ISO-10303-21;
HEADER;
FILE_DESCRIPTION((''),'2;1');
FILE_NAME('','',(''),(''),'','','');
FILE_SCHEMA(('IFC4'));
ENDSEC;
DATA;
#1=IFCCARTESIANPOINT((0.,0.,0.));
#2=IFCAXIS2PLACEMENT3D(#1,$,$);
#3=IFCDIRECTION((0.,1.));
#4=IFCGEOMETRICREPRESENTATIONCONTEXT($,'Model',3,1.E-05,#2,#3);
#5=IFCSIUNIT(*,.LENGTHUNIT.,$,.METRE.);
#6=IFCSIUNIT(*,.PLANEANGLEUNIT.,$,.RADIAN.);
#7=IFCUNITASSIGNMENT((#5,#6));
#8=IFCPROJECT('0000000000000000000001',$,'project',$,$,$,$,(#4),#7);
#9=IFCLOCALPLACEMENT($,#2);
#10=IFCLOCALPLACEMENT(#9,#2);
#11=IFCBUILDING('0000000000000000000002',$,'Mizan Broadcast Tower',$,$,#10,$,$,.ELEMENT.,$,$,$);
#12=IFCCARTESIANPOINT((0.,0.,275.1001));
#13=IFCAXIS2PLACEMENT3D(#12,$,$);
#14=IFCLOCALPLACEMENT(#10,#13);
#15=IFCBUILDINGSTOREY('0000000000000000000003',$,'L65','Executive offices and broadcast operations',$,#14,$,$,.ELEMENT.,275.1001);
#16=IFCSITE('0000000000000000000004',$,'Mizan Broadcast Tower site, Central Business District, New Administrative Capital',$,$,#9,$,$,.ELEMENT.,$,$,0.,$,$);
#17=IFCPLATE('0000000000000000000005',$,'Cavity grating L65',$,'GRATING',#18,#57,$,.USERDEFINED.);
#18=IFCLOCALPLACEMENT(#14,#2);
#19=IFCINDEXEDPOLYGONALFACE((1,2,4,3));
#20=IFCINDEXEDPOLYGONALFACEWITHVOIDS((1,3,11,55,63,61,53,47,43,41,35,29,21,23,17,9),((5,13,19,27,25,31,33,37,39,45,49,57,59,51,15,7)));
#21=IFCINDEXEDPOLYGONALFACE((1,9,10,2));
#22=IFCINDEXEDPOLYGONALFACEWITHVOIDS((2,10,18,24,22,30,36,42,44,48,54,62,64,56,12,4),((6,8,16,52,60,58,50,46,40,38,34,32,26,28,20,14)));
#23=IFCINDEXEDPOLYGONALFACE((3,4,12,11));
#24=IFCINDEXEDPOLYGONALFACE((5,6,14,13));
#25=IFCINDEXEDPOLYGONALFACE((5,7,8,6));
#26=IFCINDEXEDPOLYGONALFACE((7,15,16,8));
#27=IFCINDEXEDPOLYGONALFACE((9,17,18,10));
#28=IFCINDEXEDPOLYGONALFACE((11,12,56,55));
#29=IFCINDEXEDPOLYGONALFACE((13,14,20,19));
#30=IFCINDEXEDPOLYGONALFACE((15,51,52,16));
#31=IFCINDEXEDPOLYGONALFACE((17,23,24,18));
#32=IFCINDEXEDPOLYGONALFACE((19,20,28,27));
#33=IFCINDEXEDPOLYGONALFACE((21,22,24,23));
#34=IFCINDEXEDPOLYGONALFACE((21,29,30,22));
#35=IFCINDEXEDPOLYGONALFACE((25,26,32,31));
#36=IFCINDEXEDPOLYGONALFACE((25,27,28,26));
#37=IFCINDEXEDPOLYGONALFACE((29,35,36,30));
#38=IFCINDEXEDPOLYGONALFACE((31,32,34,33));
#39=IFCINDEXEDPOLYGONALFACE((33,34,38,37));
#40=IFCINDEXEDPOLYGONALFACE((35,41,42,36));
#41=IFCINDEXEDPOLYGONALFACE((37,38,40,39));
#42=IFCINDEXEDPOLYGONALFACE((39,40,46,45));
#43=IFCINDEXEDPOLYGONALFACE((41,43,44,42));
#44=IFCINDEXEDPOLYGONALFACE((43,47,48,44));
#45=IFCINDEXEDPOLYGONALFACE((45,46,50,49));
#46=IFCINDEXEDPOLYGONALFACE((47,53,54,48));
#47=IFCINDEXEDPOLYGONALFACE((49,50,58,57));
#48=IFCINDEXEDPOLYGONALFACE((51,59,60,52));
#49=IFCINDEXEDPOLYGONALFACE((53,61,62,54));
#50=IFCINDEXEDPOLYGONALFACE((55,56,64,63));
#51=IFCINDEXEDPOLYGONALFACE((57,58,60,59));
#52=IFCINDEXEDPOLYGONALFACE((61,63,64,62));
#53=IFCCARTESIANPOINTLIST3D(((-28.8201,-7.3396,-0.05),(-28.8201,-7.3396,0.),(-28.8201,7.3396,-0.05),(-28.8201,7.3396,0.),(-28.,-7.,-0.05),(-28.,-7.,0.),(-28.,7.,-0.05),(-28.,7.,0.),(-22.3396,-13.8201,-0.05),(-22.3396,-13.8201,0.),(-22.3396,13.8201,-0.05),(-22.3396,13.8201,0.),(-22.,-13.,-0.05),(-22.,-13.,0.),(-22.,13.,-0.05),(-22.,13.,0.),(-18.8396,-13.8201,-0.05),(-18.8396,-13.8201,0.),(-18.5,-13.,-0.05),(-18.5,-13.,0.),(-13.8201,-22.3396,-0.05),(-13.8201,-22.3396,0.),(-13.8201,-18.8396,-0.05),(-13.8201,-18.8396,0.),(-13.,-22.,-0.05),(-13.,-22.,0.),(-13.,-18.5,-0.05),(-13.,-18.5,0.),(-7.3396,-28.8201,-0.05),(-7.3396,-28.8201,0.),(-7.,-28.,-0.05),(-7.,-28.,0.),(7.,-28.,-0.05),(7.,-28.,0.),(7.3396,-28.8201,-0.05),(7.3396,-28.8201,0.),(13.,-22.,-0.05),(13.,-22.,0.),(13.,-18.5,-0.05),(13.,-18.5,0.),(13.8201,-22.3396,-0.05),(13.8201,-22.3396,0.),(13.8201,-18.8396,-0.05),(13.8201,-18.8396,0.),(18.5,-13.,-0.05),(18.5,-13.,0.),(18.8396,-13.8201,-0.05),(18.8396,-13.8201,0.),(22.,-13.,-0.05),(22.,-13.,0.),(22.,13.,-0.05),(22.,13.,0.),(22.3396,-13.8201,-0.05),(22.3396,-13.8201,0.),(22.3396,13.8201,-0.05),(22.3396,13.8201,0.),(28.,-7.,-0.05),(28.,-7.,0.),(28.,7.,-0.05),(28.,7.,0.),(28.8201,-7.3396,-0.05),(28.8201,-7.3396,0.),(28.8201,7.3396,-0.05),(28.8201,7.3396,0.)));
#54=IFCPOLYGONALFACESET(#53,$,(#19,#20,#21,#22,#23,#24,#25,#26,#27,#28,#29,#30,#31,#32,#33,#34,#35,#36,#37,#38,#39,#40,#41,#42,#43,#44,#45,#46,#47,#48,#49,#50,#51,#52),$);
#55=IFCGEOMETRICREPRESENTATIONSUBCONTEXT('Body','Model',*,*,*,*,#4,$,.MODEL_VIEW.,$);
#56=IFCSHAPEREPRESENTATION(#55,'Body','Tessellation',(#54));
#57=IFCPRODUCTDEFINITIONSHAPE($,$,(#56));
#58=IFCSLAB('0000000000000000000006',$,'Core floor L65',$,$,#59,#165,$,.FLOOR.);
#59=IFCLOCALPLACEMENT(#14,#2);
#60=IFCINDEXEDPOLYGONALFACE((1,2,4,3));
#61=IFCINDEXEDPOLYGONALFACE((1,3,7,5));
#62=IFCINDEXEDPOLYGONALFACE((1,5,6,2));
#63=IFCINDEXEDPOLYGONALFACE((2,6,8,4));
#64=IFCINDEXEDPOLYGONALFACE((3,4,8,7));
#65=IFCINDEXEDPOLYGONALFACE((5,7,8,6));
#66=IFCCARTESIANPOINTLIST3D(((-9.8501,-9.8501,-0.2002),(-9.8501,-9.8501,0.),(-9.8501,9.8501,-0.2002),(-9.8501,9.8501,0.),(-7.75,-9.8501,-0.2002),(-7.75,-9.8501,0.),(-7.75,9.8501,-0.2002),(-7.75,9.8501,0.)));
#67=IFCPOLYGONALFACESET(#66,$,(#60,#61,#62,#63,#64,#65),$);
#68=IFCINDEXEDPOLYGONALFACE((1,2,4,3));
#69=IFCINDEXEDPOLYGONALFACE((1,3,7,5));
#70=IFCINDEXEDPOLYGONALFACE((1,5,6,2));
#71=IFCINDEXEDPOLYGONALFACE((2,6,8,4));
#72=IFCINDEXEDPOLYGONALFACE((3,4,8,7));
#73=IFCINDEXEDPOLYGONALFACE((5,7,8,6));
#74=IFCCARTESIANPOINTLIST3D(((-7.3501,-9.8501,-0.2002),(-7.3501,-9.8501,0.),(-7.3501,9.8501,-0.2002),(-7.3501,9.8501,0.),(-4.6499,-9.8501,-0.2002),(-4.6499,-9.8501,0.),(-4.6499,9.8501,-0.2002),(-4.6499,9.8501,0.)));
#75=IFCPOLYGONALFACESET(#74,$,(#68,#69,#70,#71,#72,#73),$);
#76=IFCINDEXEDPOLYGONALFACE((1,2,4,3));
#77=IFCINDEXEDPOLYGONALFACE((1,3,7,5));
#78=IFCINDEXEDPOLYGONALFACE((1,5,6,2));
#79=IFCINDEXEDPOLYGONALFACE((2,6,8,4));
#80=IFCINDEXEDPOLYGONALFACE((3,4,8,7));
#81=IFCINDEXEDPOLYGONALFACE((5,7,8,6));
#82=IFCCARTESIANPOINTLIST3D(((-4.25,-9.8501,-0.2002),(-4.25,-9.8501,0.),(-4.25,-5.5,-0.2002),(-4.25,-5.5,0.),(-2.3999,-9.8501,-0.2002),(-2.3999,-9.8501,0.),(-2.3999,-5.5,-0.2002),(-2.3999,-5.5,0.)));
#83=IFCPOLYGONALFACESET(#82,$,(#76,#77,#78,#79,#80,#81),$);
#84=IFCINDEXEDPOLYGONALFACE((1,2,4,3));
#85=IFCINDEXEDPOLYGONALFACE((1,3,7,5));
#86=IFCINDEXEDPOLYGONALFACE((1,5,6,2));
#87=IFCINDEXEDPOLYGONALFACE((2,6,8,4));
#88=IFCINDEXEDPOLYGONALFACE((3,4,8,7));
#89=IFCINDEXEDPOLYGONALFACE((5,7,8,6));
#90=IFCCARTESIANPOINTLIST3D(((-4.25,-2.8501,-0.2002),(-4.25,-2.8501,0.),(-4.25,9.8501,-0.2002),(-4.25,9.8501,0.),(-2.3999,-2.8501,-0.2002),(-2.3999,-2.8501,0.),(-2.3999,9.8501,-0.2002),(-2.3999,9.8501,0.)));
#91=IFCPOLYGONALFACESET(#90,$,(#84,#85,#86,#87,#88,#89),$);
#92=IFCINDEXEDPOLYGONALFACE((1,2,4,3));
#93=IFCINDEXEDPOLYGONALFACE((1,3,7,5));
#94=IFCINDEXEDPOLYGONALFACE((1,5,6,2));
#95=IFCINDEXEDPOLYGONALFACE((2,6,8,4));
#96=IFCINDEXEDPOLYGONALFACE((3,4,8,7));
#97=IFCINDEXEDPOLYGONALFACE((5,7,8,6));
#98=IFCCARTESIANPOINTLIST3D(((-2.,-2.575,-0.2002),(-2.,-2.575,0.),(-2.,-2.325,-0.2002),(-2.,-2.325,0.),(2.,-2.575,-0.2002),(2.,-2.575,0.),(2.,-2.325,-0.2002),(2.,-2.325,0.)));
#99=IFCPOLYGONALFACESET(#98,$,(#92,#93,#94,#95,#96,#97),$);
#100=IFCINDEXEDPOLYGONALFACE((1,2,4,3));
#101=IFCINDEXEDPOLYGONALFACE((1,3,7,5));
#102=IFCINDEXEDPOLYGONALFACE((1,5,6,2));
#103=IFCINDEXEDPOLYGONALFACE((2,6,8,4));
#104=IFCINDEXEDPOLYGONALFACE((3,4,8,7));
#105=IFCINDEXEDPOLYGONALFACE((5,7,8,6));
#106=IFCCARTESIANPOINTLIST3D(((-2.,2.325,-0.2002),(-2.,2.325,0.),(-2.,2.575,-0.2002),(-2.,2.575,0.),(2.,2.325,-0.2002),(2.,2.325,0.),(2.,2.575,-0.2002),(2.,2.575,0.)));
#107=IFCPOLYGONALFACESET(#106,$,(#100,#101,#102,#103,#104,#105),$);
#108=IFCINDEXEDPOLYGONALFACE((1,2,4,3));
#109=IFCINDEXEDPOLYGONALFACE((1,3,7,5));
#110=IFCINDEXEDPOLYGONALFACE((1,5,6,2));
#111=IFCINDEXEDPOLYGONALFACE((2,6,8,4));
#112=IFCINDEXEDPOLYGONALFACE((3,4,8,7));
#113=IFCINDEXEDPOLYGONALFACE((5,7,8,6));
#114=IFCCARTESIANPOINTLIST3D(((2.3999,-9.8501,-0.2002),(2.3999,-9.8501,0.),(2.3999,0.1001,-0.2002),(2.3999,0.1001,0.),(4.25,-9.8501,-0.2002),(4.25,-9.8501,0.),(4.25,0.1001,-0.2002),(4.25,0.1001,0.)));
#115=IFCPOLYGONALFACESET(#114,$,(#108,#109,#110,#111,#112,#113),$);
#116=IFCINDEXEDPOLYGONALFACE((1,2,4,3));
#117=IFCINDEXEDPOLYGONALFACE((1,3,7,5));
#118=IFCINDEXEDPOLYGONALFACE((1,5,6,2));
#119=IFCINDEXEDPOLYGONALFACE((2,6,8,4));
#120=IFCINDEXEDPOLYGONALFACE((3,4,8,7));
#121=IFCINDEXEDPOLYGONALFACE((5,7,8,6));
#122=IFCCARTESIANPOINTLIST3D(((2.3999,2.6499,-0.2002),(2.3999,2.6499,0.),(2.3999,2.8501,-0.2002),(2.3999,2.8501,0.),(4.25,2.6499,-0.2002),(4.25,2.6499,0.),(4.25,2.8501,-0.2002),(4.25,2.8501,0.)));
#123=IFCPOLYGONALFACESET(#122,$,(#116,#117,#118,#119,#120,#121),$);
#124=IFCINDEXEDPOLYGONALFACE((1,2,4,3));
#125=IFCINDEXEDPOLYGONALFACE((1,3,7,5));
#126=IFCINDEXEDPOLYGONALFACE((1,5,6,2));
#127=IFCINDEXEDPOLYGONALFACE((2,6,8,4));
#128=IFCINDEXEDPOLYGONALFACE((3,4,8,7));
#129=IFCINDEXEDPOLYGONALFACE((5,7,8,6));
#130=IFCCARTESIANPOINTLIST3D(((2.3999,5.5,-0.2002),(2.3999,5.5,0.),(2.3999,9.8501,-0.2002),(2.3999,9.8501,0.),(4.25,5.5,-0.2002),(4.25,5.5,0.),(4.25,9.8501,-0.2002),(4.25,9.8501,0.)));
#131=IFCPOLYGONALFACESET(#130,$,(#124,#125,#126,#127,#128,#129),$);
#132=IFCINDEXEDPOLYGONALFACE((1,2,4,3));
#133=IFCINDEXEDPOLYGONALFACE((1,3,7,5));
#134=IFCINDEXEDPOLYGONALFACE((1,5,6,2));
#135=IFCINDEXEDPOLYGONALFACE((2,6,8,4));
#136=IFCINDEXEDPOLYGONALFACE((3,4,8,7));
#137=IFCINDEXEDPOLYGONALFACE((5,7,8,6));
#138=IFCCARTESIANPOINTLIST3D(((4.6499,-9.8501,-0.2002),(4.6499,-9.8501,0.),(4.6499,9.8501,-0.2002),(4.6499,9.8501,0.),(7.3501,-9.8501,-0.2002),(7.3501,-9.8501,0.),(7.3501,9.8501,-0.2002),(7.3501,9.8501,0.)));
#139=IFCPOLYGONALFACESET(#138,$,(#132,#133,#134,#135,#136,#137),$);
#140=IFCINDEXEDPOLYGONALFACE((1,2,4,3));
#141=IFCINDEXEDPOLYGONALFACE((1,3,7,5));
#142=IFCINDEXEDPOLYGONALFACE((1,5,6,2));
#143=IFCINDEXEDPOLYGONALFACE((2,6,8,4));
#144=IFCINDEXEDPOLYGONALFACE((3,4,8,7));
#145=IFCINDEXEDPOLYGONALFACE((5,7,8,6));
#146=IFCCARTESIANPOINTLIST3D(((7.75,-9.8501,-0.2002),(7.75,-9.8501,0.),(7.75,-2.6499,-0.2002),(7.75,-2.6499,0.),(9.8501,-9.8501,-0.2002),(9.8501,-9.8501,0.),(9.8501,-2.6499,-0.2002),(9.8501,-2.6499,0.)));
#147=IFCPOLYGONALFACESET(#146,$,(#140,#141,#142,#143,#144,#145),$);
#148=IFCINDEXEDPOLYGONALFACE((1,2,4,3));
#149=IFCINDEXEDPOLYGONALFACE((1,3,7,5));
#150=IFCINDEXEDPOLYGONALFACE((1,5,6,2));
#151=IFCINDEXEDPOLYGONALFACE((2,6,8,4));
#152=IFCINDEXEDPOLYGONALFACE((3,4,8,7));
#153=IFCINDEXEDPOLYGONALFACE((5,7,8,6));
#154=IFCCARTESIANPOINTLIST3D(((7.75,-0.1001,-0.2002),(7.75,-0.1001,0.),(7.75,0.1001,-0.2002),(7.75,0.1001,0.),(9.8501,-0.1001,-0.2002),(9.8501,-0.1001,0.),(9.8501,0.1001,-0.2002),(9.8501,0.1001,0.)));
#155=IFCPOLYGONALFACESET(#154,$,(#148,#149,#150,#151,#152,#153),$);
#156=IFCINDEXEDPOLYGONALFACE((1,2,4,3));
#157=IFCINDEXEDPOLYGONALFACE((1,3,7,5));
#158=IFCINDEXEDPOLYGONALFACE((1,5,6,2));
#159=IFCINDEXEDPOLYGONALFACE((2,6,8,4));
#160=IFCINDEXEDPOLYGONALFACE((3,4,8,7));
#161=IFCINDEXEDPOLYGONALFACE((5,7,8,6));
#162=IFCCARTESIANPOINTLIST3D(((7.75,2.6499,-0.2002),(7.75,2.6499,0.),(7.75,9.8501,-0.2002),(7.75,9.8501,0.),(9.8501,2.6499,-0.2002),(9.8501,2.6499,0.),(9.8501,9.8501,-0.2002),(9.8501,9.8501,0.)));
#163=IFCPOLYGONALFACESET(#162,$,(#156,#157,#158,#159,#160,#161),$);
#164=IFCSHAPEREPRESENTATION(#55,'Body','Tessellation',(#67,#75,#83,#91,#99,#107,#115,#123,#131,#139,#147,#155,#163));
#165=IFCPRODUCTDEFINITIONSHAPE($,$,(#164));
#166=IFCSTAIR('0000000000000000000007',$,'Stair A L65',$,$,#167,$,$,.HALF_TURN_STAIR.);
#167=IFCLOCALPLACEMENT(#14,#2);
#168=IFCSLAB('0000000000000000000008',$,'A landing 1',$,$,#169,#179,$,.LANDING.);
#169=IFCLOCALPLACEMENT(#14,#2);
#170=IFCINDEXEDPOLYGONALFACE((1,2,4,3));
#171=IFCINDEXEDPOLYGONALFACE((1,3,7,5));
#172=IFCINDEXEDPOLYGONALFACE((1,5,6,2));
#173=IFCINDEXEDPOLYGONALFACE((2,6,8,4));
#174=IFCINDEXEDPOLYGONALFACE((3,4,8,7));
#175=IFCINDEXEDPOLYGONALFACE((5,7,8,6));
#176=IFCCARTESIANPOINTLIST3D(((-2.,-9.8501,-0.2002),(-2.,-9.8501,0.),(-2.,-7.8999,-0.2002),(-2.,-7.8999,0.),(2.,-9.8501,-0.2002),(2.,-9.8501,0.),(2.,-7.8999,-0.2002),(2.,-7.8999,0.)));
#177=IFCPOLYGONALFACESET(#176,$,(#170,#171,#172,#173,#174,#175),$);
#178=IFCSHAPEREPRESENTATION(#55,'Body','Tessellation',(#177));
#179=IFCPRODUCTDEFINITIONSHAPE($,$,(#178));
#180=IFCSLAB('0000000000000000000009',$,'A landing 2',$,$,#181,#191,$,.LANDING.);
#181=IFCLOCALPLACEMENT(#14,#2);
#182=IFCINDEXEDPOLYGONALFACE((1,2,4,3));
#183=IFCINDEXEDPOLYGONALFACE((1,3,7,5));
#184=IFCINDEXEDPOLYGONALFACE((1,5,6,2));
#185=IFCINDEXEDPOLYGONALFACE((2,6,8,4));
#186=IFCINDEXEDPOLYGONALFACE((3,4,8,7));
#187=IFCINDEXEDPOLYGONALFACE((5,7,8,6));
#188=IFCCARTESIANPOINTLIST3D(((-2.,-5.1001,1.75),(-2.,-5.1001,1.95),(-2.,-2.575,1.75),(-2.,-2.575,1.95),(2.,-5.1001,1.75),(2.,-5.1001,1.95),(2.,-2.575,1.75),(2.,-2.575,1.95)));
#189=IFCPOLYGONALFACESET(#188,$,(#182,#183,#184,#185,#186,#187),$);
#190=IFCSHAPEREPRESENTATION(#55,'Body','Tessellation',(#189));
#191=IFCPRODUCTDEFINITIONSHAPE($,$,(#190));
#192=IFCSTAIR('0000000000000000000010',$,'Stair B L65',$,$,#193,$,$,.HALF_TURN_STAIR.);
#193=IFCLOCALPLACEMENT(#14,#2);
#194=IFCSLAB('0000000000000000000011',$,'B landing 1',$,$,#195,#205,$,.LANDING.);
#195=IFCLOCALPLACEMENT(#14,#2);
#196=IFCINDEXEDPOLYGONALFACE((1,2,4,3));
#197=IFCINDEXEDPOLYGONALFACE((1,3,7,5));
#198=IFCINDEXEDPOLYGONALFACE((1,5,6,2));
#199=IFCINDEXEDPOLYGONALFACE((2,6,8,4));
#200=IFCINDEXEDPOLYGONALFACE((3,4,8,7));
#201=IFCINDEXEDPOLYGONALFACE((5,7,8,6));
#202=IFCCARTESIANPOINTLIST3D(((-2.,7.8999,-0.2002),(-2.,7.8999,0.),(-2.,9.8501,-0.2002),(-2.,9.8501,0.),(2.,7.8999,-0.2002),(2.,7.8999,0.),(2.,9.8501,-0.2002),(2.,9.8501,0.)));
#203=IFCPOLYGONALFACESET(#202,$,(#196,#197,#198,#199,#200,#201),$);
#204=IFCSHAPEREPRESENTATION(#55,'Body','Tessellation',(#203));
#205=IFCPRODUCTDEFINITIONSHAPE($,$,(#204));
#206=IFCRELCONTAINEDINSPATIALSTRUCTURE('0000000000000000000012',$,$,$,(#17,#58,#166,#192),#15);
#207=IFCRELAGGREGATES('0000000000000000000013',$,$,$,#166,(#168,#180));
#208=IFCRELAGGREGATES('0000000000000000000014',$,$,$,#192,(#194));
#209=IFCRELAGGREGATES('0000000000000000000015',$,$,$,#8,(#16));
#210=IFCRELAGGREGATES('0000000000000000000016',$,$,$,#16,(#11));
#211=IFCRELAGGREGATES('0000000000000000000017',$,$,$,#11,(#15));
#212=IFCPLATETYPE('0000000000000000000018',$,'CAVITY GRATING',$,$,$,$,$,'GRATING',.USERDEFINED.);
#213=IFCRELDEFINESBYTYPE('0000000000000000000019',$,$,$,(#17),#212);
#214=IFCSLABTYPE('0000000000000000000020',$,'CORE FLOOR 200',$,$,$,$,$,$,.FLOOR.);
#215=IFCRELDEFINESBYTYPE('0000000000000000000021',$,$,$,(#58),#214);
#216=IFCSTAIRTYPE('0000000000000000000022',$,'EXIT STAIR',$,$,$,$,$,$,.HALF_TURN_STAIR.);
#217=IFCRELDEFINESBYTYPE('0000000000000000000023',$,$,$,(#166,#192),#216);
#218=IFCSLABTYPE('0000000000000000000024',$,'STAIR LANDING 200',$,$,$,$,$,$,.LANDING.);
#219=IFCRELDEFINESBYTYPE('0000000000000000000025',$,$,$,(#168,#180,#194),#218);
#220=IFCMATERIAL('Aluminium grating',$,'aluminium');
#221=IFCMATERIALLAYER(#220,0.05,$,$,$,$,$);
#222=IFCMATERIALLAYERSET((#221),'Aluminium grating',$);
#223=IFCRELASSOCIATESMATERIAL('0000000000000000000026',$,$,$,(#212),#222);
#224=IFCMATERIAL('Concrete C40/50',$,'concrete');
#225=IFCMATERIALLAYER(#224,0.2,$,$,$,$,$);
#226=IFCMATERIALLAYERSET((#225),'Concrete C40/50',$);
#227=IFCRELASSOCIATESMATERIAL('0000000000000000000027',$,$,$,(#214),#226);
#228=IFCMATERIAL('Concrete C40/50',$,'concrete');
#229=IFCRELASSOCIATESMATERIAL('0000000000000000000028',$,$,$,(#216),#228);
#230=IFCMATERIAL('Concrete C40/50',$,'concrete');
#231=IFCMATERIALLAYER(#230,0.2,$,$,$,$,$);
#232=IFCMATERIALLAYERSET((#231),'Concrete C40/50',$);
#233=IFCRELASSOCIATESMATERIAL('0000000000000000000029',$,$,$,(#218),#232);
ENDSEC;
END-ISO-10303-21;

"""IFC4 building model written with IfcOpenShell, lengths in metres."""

from ifc_helpers import new_model, si_unit, direction, frame, origin, place, context, subcontext, project, spatial, polyline, outline, extrude, material, layer, layer_set, type_object, element, aggregate, save


model = new_model("IFC4")

# Units and contexts
model_context = context("Model", 3, precision=1e-05, world=origin(), true_north=direction((0.0, 1.0)))
body_context = subcontext(model_context, "Body", "Model", "MODEL_VIEW")
ifc_project = project(units=[si_unit("LENGTHUNIT", "METRE"), si_unit("PLANEANGLEUNIT", "RADIAN")], contexts=[model_context])

# Site, building, storey
site_placement = place(None, origin())
site = spatial("IfcSite", under=ifc_project, at=site_placement, Name="Mizan Broadcast Tower site, Central Business District, New Administrative Capital", CompositionType="ELEMENT", RefElevation=0.0)
building_placement = place(site_placement, origin())
building = spatial("IfcBuilding", under=site, at=building_placement, Name="Mizan Broadcast Tower", CompositionType="ELEMENT")
storey_placement = place(building_placement, frame((0.0, 0.0, 275.1001)))
storey = spatial("IfcBuildingStorey", under=building, at=storey_placement, Name="L65", Description="Executive offices and broadcast operations", CompositionType="ELEMENT", Elevation=275.1001)

# Plate
ifc_material_1 = material(Name="Aluminium grating", Category="aluminium")
ifc_layer_1 = layer(ifc_material_1, 0.05)
ifc_layer_set_1 = layer_set([ifc_layer_1], Name="Aluminium grating")
plate_type = type_object("IfcPlateType", Name="CAVITY GRATING", ElementType="GRATING", PredefinedType="USERDEFINED", material=ifc_layer_set_1)
plate_placement = place(storey_placement, frame((0.0, 0.0, -0.05)))
element("IfcPlate", 1, at=plate_placement, inside=storey, type_object=plate_type, Name="Cavity grating L65", ObjectType="GRATING", PredefinedType="USERDEFINED", context=body_context, shape_type="SweptSolid", body=[
    extrude(outline(polyline([(-22.3396, 13.8201), (-28.8201, 7.3396), (-28.8201, -7.3396), (-22.3396, -13.8201), (-18.8396, -13.8201), (-13.8201, -18.8396), (-13.8201, -22.3396), (-7.3396, -28.8201), (7.3396, -28.8201), (13.8201, -22.3396), (13.8201, -18.8396), (18.8396, -13.8201), (22.3396, -13.8201), (28.8201, -7.3396), (28.8201, 7.3396), (22.3396, 13.8201), (-22.3396, 13.8201)]), holes=[polyline([(-18.5, -13.0), (-22.0, -13.0), (-28.0, -7.0), (-28.0, 7.0), (-22.0, 13.0), (22.0, 13.0), (28.0, 7.0), (28.0, -7.0), (22.0, -13.0), (18.5, -13.0), (13.0, -18.5), (13.0, -22.0), (7.0, -28.0), (-7.0, -28.0), (-13.0, -22.0), (-13.0, -18.5), (-18.5, -13.0)])]), origin(), (0.0, 0.0, 1.0), 0.05),
])

# Slab
ifc_material_2 = material(Name="Concrete C40/50", Category="concrete")
ifc_layer_2 = layer(ifc_material_2, 0.2)
ifc_layer_set_2 = layer_set([ifc_layer_2], Name="Concrete C40/50")
slab_type_1 = type_object("IfcSlabType", Name="CORE FLOOR 200", PredefinedType="FLOOR", material=ifc_layer_set_2)
slab_1_placement = place(storey_placement, frame((0.0, 0.0, -0.2002)))
element("IfcSlab", 2, at=slab_1_placement, inside=storey, type_object=slab_type_1, Name="Core floor L65", PredefinedType="FLOOR", context=body_context, shape_type="SweptSolid", body=[
    extrude(outline(polyline([(-9.8501, -9.8501), (-7.75, -9.8501), (-7.75, 9.8501), (-9.8501, 9.8501), (-9.8501, -9.8501)])), origin(), (0.0, 0.0, 1.0), 0.2002),
    extrude(outline(polyline([(-4.6499, 9.8501), (-7.3501, 9.8501), (-7.3501, -9.8501), (-4.6499, -9.8501), (-4.6499, 9.8501)])), origin(), (0.0, 0.0, 1.0), 0.2002),
    extrude(outline(polyline([(-4.25, -5.5), (-4.25, -9.8501), (-2.3999, -9.8501), (-2.3999, -5.5), (-4.25, -5.5)])), origin(), (0.0, 0.0, 1.0), 0.2002),
    extrude(outline(polyline([(-4.25, -2.8501), (-2.3999, -2.8501), (-2.3999, 9.8501), (-4.25, 9.8501), (-4.25, -2.8501)])), origin(), (0.0, 0.0, 1.0), 0.2002),
    extrude(outline(polyline([(2.0, -2.325), (-2.0, -2.325), (-2.0, -2.575), (2.0, -2.575), (2.0, -2.325)])), origin(), (0.0, 0.0, 1.0), 0.2002),
    extrude(outline(polyline([(2.0, 2.575), (-2.0, 2.575), (-2.0, 2.325), (2.0, 2.325), (2.0, 2.575)])), origin(), (0.0, 0.0, 1.0), 0.2002),
    extrude(outline(polyline([(4.25, -9.8501), (4.25, 0.1001), (2.3999, 0.1001), (2.3999, -9.8501), (4.25, -9.8501)])), origin(), (0.0, 0.0, 1.0), 0.2002),
    extrude(outline(polyline([(4.25, 2.6499), (4.25, 2.8501), (2.3999, 2.8501), (2.3999, 2.6499), (4.25, 2.6499)])), origin(), (0.0, 0.0, 1.0), 0.2002),
    extrude(outline(polyline([(4.25, 5.5), (4.25, 9.8501), (2.3999, 9.8501), (2.3999, 5.5), (4.25, 5.5)])), origin(), (0.0, 0.0, 1.0), 0.2002),
    extrude(outline(polyline([(4.6499, 9.8501), (4.6499, -9.8501), (7.3501, -9.8501), (7.3501, 9.8501), (4.6499, 9.8501)])), origin(), (0.0, 0.0, 1.0), 0.2002),
    extrude(outline(polyline([(9.8501, -9.8501), (9.8501, -2.6499), (7.75, -2.6499), (7.75, -9.8501), (9.8501, -9.8501)])), origin(), (0.0, 0.0, 1.0), 0.2002),
    extrude(outline(polyline([(9.8501, -0.1001), (9.8501, 0.1001), (7.75, 0.1001), (7.75, -0.1001), (9.8501, -0.1001)])), origin(), (0.0, 0.0, 1.0), 0.2002),
    extrude(outline(polyline([(7.75, 9.8501), (7.75, 2.6499), (9.8501, 2.6499), (9.8501, 9.8501), (7.75, 9.8501)])), origin(), (0.0, 0.0, 1.0), 0.2002),
])

# Stairs, slabs
ifc_material_3 = material(Name="Concrete C40/50", Category="concrete")
stair_type = type_object("IfcStairType", Name="EXIT STAIR", PredefinedType="HALF_TURN_STAIR", material=ifc_material_3)
stair_1_placement = place(storey_placement, origin())
stair_1 = element("IfcStair", 3, at=stair_1_placement, inside=storey, type_object=stair_type, Name="Stair A L65", PredefinedType="HALF_TURN_STAIR")
ifc_material_4 = material(Name="Concrete C40/50", Category="concrete")
ifc_layer_3 = layer(ifc_material_4, 0.2)
ifc_layer_set_3 = layer_set([ifc_layer_3], Name="Concrete C40/50")
slab_type_2 = type_object("IfcSlabType", Name="STAIR LANDING 200", PredefinedType="LANDING", material=ifc_layer_set_3)
slab_2_placement = place(storey_placement, frame((0.0, 0.0, -0.2002)))
slab_2 = element("IfcSlab", 4, at=slab_2_placement, type_object=slab_type_2, Name="A landing 1", PredefinedType="LANDING", context=body_context, shape_type="SweptSolid", body=[
    extrude(outline(polyline([(-2.0, -9.8501), (-2.0, -7.8999), (2.0, -7.8999), (2.0, -9.8501), (-2.0, -9.8501)])), origin(), (0.0, 0.0, 1.0), 0.2002),
])
slab_3_placement = place(storey_placement, frame((0.0, 0.0, 1.75)))
slab_3 = element("IfcSlab", 5, at=slab_3_placement, type_object=slab_type_2, Name="A landing 2", PredefinedType="LANDING", context=body_context, shape_type="SweptSolid", body=[
    extrude(outline(polyline([(-2.0, -5.1001), (-2.0, -2.575), (2.0, -2.575), (2.0, -5.1001), (-2.0, -5.1001)])), origin(), (0.0, 0.0, 1.0), 0.2),
])
aggregate(stair_1, [slab_2, slab_3])
stair_2_placement = place(storey_placement, origin())
stair_2 = element("IfcStair", 6, at=stair_2_placement, inside=storey, type_object=stair_type, Name="Stair B L65", PredefinedType="HALF_TURN_STAIR")
slab_4_placement = place(storey_placement, frame((0.0, 0.0, -0.2002)))
slab_4 = element("IfcSlab", 7, at=slab_4_placement, type_object=slab_type_2, Name="B landing 1", PredefinedType="LANDING", context=body_context, shape_type="SweptSolid", body=[
    extrude(outline(polyline([(2.0, 9.8501), (2.0, 7.8999), (-2.0, 7.8999), (-2.0, 9.8501), (2.0, 9.8501)])), origin(), (0.0, 0.0, 1.0), 0.2002),
])

aggregate(stair_2, [slab_4])

save(model, "model.ifc")
